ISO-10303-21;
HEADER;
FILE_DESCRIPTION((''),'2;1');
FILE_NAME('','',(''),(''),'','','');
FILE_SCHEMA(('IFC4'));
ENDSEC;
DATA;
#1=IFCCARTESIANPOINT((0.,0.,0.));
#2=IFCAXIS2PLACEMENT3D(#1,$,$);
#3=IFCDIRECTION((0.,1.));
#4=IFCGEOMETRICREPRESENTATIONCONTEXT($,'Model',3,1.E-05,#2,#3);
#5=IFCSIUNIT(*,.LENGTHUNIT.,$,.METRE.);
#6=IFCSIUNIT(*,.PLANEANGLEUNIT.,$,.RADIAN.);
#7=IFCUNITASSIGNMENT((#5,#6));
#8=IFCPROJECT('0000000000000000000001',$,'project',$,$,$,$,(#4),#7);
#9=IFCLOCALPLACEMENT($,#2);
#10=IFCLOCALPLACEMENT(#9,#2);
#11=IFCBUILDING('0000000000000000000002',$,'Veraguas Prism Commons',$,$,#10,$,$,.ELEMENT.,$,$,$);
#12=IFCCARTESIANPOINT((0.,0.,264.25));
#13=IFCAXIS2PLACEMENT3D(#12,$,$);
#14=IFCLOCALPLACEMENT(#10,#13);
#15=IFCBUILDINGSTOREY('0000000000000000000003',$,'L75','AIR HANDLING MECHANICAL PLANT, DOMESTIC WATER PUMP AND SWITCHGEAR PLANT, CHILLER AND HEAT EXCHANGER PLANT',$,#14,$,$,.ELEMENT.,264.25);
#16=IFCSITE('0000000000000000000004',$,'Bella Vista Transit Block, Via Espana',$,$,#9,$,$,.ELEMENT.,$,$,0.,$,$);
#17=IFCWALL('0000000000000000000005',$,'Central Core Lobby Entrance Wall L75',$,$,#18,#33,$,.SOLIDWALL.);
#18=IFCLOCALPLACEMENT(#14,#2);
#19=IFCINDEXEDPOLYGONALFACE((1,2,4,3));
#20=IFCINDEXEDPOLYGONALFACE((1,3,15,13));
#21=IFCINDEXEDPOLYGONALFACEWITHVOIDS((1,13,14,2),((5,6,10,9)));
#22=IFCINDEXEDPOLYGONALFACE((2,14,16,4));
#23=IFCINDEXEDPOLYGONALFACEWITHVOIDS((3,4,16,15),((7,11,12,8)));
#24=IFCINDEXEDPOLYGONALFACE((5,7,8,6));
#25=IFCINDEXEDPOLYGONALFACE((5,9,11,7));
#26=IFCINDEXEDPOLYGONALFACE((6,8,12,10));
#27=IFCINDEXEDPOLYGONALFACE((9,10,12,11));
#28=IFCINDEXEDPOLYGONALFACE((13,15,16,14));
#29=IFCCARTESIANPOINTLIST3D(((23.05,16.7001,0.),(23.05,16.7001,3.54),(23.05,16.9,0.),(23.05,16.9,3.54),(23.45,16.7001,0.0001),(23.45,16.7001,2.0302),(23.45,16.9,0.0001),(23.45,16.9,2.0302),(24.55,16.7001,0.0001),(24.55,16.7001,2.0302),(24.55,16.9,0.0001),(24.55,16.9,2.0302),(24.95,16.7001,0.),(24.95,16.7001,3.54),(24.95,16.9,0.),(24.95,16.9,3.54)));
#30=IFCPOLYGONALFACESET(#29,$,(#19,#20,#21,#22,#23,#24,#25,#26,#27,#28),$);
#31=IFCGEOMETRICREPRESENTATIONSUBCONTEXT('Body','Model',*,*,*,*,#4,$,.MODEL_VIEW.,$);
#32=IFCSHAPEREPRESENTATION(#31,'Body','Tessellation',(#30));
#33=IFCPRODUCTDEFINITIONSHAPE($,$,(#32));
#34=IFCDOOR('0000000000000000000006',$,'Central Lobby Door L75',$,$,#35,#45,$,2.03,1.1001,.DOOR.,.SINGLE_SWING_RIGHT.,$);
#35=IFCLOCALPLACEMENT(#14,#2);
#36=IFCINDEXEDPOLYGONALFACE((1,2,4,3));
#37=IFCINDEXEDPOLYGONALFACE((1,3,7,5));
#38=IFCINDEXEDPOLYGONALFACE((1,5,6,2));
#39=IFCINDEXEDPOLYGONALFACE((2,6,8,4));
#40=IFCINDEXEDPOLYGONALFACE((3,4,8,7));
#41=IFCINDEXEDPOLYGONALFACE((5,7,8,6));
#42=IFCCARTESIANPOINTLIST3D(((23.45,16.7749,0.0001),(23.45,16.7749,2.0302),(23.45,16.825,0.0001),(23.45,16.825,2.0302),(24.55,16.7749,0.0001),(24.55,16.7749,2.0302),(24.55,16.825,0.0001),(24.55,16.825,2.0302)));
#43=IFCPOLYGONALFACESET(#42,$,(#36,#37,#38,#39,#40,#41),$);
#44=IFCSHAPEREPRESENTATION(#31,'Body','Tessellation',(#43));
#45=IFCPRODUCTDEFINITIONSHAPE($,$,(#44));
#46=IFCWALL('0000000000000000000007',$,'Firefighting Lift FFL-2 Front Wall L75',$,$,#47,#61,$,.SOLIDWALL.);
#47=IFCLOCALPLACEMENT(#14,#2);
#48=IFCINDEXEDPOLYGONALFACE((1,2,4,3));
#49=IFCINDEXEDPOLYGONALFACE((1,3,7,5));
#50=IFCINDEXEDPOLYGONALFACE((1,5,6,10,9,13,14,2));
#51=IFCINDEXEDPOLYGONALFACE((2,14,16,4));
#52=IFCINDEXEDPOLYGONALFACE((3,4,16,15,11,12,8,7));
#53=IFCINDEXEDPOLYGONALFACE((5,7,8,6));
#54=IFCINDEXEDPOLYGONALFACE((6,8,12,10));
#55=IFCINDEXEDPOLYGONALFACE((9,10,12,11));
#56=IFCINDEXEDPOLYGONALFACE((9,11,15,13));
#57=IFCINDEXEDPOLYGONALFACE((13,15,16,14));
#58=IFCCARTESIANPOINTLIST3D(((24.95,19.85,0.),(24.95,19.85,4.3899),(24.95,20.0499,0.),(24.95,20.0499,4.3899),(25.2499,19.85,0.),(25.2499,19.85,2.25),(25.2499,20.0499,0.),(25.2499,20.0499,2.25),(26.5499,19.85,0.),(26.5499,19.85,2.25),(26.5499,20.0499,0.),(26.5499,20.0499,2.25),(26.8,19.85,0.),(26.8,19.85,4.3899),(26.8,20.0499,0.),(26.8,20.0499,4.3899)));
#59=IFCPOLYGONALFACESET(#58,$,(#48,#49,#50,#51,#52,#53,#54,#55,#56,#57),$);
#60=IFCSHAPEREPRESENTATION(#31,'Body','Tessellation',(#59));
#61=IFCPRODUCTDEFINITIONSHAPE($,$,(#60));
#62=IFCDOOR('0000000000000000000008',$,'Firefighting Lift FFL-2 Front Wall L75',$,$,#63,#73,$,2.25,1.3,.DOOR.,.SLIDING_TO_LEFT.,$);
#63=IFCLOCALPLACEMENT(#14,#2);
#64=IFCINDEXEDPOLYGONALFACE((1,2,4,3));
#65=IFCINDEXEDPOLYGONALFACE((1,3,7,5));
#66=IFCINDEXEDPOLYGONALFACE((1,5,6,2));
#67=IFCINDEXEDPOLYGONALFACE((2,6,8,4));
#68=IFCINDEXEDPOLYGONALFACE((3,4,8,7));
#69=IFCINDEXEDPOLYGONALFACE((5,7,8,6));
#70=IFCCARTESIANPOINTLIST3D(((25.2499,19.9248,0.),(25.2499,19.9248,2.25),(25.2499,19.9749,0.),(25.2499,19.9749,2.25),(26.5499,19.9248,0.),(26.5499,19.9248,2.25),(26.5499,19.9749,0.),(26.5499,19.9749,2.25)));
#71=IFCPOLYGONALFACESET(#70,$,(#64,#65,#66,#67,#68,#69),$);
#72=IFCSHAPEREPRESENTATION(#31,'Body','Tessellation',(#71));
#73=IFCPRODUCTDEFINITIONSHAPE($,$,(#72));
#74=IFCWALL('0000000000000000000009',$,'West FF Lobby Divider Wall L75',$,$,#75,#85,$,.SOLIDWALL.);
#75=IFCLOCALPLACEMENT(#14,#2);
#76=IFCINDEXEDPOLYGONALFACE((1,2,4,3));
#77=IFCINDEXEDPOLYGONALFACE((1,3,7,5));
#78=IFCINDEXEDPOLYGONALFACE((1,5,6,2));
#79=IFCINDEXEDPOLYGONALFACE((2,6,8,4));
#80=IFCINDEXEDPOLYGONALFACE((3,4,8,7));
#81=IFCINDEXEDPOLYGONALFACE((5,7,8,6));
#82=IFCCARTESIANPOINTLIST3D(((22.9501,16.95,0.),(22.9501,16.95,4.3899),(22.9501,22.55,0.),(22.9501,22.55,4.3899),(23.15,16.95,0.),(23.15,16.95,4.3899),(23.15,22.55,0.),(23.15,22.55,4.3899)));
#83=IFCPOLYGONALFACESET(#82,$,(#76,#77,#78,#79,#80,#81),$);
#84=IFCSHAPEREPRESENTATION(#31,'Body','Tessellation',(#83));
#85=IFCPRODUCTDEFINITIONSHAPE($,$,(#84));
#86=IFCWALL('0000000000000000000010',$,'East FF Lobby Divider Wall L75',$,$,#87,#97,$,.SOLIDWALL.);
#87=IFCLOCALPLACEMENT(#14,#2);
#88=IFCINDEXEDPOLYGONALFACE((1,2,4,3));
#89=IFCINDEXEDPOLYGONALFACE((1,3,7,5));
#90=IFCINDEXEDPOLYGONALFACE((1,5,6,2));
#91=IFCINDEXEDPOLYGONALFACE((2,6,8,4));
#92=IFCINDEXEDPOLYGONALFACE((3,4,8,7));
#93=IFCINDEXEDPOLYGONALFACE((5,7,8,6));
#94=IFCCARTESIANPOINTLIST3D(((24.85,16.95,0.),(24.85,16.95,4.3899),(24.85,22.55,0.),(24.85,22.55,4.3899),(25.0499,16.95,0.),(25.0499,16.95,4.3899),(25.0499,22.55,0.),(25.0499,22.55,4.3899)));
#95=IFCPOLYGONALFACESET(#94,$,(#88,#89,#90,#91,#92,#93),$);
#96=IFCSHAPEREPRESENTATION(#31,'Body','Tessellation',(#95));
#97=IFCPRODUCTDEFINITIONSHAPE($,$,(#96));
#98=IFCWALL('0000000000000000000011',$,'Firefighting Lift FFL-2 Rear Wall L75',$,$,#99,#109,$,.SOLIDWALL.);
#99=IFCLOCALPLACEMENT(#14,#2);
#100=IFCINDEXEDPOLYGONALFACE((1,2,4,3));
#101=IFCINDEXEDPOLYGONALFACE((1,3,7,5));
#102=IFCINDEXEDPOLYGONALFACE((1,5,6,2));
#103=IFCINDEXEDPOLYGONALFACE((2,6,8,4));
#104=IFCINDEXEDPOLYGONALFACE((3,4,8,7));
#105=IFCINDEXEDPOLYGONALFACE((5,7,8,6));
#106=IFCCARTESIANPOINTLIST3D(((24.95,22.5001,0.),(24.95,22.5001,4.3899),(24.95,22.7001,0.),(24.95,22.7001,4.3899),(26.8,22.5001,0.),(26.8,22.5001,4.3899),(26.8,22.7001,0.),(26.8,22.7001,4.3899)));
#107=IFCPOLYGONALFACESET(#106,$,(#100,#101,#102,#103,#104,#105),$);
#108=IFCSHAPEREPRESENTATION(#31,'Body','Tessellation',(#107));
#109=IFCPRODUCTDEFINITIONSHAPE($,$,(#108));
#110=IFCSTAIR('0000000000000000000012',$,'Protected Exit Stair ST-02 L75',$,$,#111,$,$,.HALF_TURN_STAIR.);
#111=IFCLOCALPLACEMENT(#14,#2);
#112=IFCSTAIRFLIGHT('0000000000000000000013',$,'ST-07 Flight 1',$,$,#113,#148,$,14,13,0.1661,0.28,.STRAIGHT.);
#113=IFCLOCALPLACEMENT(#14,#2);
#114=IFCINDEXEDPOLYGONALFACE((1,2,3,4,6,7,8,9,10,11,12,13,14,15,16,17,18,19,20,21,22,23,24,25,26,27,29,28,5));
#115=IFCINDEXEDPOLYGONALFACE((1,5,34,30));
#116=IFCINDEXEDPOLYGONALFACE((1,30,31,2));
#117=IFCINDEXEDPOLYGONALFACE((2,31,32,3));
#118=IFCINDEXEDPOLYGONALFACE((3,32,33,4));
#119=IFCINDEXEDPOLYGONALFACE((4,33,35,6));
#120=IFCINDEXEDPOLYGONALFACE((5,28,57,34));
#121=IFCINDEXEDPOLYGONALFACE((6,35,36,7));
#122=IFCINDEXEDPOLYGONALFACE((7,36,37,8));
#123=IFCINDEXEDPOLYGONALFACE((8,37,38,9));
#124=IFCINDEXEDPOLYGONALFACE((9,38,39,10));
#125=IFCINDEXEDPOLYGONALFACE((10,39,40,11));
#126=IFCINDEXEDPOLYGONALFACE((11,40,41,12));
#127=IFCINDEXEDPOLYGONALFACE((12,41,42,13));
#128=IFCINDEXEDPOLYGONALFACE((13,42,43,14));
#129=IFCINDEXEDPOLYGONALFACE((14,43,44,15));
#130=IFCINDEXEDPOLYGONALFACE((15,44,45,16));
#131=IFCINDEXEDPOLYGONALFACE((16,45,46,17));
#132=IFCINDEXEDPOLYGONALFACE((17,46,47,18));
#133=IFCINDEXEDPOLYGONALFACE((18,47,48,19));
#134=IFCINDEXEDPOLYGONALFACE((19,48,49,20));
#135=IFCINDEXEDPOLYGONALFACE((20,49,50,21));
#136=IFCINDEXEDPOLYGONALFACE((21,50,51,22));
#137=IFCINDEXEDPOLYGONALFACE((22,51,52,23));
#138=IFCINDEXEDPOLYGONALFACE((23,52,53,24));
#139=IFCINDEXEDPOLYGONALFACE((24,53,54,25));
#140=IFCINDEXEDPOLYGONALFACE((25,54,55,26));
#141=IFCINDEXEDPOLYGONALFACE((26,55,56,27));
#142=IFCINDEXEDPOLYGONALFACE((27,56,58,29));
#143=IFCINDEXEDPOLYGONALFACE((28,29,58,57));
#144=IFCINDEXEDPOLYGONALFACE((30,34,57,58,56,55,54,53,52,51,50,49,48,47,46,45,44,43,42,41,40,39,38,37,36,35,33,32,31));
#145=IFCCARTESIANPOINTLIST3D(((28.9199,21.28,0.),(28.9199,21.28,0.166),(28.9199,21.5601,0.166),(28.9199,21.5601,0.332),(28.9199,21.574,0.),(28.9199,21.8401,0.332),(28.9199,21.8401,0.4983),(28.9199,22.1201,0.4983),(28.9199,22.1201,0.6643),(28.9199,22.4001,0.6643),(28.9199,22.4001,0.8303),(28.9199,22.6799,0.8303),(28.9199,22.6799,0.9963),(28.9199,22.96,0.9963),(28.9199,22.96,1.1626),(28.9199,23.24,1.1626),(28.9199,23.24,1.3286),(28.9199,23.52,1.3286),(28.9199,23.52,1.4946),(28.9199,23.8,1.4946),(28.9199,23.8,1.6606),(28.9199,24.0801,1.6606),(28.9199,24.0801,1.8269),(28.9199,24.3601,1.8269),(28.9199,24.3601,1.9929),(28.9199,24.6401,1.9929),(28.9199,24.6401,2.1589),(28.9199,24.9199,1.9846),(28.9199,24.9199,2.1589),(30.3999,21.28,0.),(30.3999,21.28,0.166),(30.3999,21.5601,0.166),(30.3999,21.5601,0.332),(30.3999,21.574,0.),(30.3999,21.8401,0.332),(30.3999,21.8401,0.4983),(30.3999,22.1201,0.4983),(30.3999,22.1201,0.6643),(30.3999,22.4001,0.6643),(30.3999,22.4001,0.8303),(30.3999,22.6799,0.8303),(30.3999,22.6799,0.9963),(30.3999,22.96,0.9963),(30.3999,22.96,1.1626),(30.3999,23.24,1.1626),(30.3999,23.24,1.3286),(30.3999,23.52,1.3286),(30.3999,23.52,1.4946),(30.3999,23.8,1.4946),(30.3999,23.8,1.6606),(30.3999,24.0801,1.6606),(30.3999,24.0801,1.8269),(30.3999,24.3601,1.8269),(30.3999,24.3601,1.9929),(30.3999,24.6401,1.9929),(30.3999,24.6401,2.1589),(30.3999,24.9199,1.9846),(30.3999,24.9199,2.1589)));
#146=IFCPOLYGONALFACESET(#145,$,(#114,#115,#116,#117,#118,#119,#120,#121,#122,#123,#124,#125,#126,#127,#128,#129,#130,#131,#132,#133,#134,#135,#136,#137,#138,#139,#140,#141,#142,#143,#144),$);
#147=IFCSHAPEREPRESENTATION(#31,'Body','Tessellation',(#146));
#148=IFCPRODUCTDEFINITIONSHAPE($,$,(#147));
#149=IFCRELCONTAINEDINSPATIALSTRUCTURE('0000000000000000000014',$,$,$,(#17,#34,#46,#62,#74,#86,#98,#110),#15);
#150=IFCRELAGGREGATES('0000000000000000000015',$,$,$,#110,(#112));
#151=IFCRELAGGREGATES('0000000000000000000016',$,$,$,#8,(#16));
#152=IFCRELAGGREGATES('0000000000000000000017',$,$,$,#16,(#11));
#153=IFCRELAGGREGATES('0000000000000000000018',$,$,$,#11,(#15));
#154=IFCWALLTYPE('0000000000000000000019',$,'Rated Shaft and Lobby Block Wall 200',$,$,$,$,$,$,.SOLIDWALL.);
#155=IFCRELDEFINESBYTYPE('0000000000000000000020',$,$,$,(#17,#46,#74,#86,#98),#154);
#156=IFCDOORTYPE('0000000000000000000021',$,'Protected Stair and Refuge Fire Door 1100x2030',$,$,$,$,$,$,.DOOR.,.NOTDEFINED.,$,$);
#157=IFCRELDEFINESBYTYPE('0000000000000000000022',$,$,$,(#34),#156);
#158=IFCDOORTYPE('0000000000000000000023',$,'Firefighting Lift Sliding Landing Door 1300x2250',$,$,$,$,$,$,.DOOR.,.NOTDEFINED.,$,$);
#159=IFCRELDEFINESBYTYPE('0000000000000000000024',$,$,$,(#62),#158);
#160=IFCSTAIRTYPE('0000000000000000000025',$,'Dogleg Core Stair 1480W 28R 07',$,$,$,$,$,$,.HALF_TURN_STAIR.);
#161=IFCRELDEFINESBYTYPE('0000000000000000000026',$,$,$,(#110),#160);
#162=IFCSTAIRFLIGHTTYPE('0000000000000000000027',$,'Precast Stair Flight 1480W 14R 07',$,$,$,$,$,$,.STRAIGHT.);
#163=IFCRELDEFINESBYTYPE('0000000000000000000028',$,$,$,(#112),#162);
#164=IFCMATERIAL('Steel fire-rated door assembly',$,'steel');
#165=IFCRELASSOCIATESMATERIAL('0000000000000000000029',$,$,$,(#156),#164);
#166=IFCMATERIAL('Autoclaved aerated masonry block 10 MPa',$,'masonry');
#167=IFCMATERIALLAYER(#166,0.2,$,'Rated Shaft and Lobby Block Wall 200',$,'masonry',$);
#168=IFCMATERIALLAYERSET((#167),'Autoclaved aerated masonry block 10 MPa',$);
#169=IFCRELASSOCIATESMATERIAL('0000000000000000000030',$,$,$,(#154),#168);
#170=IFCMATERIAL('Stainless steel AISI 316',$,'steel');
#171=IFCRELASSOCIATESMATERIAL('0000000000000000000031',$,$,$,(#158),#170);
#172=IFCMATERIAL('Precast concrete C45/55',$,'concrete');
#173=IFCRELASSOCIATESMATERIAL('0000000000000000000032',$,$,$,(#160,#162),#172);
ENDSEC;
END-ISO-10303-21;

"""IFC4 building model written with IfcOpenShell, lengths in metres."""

from ifc_helpers import new_model, si_unit, direction, frame, frame_2d, origin, place, context, subcontext, project, spatial, polyline, rectangle, outline, extrude, source, transform, mapped, material, layer, layer_set, type_object, element, fill, aggregate, save


model = new_model("IFC4")

# Units and contexts
model_context = context("Model", 3, precision=1e-05, world=origin(), true_north=direction((0.0, 1.0)))
body_context = subcontext(model_context, "Body", "Model", "MODEL_VIEW")
ifc_project = project(units=[si_unit("LENGTHUNIT", "METRE"), si_unit("PLANEANGLEUNIT", "RADIAN")], contexts=[model_context])

# Site, building, storey
site_placement = place(None, origin())
site = spatial("IfcSite", under=ifc_project, at=site_placement, Name="Bella Vista Transit Block, Via Espana", CompositionType="ELEMENT", RefElevation=0.0)
building_placement = place(site_placement, origin())
building = spatial("IfcBuilding", under=site, at=building_placement, Name="Veraguas Prism Commons", CompositionType="ELEMENT")
storey_placement = place(building_placement, frame((0.0, 0.0, 264.25)))
storey = spatial("IfcBuildingStorey", under=building, at=storey_placement, Name="L75", Description="AIR HANDLING MECHANICAL PLANT, DOMESTIC WATER PUMP AND SWITCHGEAR PLANT, CHILLER AND HEAT EXCHANGER PLANT", CompositionType="ELEMENT", Elevation=264.25)

# Shared definitions
ifc_material_1 = material(Name="Steel fire-rated door assembly", Category="steel")
door_type_1 = type_object("IfcDoorType", Name="Protected Stair and Refuge Fire Door 1100x2030", OperationType="NOTDEFINED", PredefinedType="DOOR", material=ifc_material_1)
shared_shape_1 = source(origin(), body_context, "Body", "SweptSolid", [
    extrude(rectangle(XDim=1.1001, YDim=2.03, at=frame_2d((0.55, 1.0151))), frame((0.0, 0.0249, 0.0), z_axis=(0.0, -1.0, 0.0), x_axis=(1.0, 0.0, 0.0)), (0.0, 0.0, 1.0), 0.05),
])

# Walls, openings, doors
ifc_material_2 = material(Name="Autoclaved aerated masonry block 10 MPa", Category="masonry")
ifc_layer_1 = layer(ifc_material_2, 0.2, Name="Rated Shaft and Lobby Block Wall 200", Category="masonry")
ifc_layer_set_1 = layer_set([ifc_layer_1], Name="Autoclaved aerated masonry block 10 MPa")
wall_type_1 = type_object("IfcWallType", Name="Rated Shaft and Lobby Block Wall 200", PredefinedType="SOLIDWALL", material=ifc_layer_set_1)
wall_1_placement = place(storey_placement, frame((23.05, 16.8, 0.0), z_axis=(0.0, 0.0, 1.0), x_axis=(1.0, 0.0, 0.0)))
wall_1 = element("IfcWall", 1, at=wall_1_placement, inside=storey, type_object=wall_type_1, Name="Central Core Lobby Entrance Wall L75", PredefinedType="SOLIDWALL", context=body_context, shape_type="SweptSolid", body=[
    extrude(rectangle(XDim=1.8999, YDim=0.2, at=frame_2d((0.95, 0.0))), origin(), (0.0, 0.0, 1.0), 3.54),
])
opening_1_placement = place(wall_1_placement, frame((0.3999, 0.0, 0.0)))
opening_1 = element("IfcOpeningElement", 2, at=opening_1_placement, cuts=wall_1, PredefinedType="OPENING", context=body_context, shape_type="SweptSolid", body=[
    extrude(rectangle(XDim=1.1001, YDim=2.03, at=frame_2d((0.55, 1.0151))), frame((0.0, 0.1099, 0.0), z_axis=(0.0, -1.0, 0.0), x_axis=(1.0, 0.0, 0.0)), (0.0, 0.0, 1.0), 0.22),
])
door_1_placement = place(opening_1_placement, origin())
door_1 = element("IfcDoor", 3, at=door_1_placement, inside=storey, type_object=door_type_1, Name="Central Lobby Door L75", OperationType="SINGLE_SWING_RIGHT", OverallHeight=2.03, OverallWidth=1.1001, PredefinedType="DOOR", context=body_context, shape_type="MappedRepresentation", body=[
    mapped(shared_shape_1, transform((0.0, 0.0, 0.0), scale=1.0)),
])
fill(opening_1, door_1)
wall_2_placement = place(storey_placement, frame((24.95, 19.95, 0.0), z_axis=(0.0, 0.0, 1.0), x_axis=(1.0, 0.0, 0.0)))
wall_2 = element("IfcWall", 4, at=wall_2_placement, inside=storey, type_object=wall_type_1, Name="Firefighting Lift FFL-2 Front Wall L75", PredefinedType="SOLIDWALL", context=body_context, shape_type="SweptSolid", body=[
    extrude(rectangle(XDim=1.8501, YDim=0.2, at=frame_2d((0.925, 0.0))), origin(), (0.0, 0.0, 1.0), 4.3899),
])
opening_2_placement = place(wall_2_placement, frame((0.3, 0.0, 0.0)))
opening_2 = element("IfcOpeningElement", 5, at=opening_2_placement, cuts=wall_2, PredefinedType="OPENING", context=body_context, shape_type="SweptSolid", body=[
    extrude(rectangle(XDim=1.3, YDim=2.25, at=frame_2d((0.6499, 1.125))), frame((0.0, 0.1099, 0.0), z_axis=(0.0, -1.0, 0.0), x_axis=(1.0, 0.0, 0.0)), (0.0, 0.0, 1.0), 0.22),
])
ifc_material_3 = material(Name="Stainless steel AISI 316", Category="steel")
door_type_2 = type_object("IfcDoorType", Name="Firefighting Lift Sliding Landing Door 1300x2250", OperationType="NOTDEFINED", PredefinedType="DOOR", material=ifc_material_3)
shared_shape_2 = source(origin(), body_context, "Body", "SweptSolid", [
    extrude(rectangle(XDim=1.3, YDim=2.25, at=frame_2d((0.6499, 1.125))), frame((0.0, 0.0249, 0.0), z_axis=(0.0, -1.0, 0.0), x_axis=(1.0, 0.0, 0.0)), (0.0, 0.0, 1.0), 0.05),
])
door_2_placement = place(opening_2_placement, origin())
door_2 = element("IfcDoor", 6, at=door_2_placement, inside=storey, type_object=door_type_2, Name="Firefighting Lift FFL-2 Front Wall L75", OperationType="SLIDING_TO_LEFT", OverallHeight=2.25, OverallWidth=1.3, PredefinedType="DOOR", context=body_context, shape_type="MappedRepresentation", body=[
    mapped(shared_shape_2, transform((0.0, 0.0, 0.0), scale=1.0)),
])
fill(opening_2, door_2)

# Walls
for number, where, z_axis, x_axis, name in (
    (7, (23.05, 16.95, 0.0), (0.0, 0.0, 1.0), (0.0, 1.0, 0.0), "West FF Lobby Divider Wall L75"),
    (8, (24.95, 16.95, 0.0), (0.0, 0.0, 1.0), (0.0, 1.0, 0.0), "East FF Lobby Divider Wall L75"),
):
    element("IfcWall", number, at=place(storey_placement, frame(where, z_axis=z_axis, x_axis=x_axis)), inside=storey, type_object=wall_type_1, Name=name, PredefinedType="SOLIDWALL", context=body_context, shape_type="SweptSolid", body=[
        extrude(rectangle(XDim=5.6001, YDim=0.2, at=frame_2d((2.8, 0.0))), origin(), (0.0, 0.0, 1.0), 4.3899),
    ])
wall_3_placement = place(storey_placement, frame((24.95, 22.6001, 0.0), z_axis=(0.0, 0.0, 1.0), x_axis=(1.0, 0.0, 0.0)))
element("IfcWall", 9, at=wall_3_placement, inside=storey, type_object=wall_type_1, Name="Firefighting Lift FFL-2 Rear Wall L75", PredefinedType="SOLIDWALL", context=body_context, shape_type="SweptSolid", body=[
    extrude(rectangle(XDim=1.8501, YDim=0.2, at=frame_2d((0.925, 0.0))), origin(), (0.0, 0.0, 1.0), 4.3899),
])

# Stair, stair flight
ifc_material_4 = material(Name="Precast concrete C45/55", Category="concrete")
stair_type = type_object("IfcStairType", Name="Dogleg Core Stair 1480W 28R 07", PredefinedType="HALF_TURN_STAIR", material=ifc_material_4)
stair_placement = place(storey_placement, origin())
stair = element("IfcStair", 10, at=stair_placement, inside=storey, type_object=stair_type, Name="Protected Exit Stair ST-02 L75", PredefinedType="HALF_TURN_STAIR")
stair_flight_type = type_object("IfcStairFlightType", Name="Precast Stair Flight 1480W 14R 07", PredefinedType="STRAIGHT", material=ifc_material_4)
stair_flight_placement = place(storey_placement, frame((29.6599, 21.28, 0.0), z_axis=(0.0, 0.0, 1.0), x_axis=(0.0, 1.0, 0.0)))
stair_flight = element("IfcStairFlight", 11, at=stair_flight_placement, type_object=stair_flight_type, Name="ST-07 Flight 1", NumberOfRisers=14, NumberOfTreads=13, PredefinedType="STRAIGHT", RiserHeight=0.1661, TreadLength=0.28, context=body_context, shape_type="SweptSolid", body=[
    extrude(outline(polyline([(0.0, 0.0), (0.0, 0.166), (0.28, 0.166), (0.28, 0.332), (0.5601, 0.332), (0.5601, 0.4983), (0.8401, 0.4983), (0.8401, 0.6643), (1.1201, 0.6643), (1.1201, 0.8303), (1.3999, 0.8303), (1.3999, 0.9963), (1.6799, 0.9963), (1.6799, 1.1626), (1.96, 1.1626), (1.96, 1.3286), (2.24, 1.3286), (2.24, 1.4946), (2.52, 1.4946), (2.52, 1.6606), (2.8, 1.6606), (2.8, 1.8269), (3.0801, 1.8269), (3.0801, 1.9929), (3.3601, 1.9929), (3.3601, 2.1589), (3.6399, 2.1589), (3.6399, 2.325), (3.6399, 1.9846), (0.2939, 0.0), (0.0, 0.0)])), frame((0.0, 0.74, 0.0), z_axis=(0.0, -1.0, 0.0), x_axis=(1.0, 0.0, 0.0)), (0.0, 0.0, 1.0), 1.48),
])
aggregate(stair, [stair_flight])

save(model, "model.ifc")
